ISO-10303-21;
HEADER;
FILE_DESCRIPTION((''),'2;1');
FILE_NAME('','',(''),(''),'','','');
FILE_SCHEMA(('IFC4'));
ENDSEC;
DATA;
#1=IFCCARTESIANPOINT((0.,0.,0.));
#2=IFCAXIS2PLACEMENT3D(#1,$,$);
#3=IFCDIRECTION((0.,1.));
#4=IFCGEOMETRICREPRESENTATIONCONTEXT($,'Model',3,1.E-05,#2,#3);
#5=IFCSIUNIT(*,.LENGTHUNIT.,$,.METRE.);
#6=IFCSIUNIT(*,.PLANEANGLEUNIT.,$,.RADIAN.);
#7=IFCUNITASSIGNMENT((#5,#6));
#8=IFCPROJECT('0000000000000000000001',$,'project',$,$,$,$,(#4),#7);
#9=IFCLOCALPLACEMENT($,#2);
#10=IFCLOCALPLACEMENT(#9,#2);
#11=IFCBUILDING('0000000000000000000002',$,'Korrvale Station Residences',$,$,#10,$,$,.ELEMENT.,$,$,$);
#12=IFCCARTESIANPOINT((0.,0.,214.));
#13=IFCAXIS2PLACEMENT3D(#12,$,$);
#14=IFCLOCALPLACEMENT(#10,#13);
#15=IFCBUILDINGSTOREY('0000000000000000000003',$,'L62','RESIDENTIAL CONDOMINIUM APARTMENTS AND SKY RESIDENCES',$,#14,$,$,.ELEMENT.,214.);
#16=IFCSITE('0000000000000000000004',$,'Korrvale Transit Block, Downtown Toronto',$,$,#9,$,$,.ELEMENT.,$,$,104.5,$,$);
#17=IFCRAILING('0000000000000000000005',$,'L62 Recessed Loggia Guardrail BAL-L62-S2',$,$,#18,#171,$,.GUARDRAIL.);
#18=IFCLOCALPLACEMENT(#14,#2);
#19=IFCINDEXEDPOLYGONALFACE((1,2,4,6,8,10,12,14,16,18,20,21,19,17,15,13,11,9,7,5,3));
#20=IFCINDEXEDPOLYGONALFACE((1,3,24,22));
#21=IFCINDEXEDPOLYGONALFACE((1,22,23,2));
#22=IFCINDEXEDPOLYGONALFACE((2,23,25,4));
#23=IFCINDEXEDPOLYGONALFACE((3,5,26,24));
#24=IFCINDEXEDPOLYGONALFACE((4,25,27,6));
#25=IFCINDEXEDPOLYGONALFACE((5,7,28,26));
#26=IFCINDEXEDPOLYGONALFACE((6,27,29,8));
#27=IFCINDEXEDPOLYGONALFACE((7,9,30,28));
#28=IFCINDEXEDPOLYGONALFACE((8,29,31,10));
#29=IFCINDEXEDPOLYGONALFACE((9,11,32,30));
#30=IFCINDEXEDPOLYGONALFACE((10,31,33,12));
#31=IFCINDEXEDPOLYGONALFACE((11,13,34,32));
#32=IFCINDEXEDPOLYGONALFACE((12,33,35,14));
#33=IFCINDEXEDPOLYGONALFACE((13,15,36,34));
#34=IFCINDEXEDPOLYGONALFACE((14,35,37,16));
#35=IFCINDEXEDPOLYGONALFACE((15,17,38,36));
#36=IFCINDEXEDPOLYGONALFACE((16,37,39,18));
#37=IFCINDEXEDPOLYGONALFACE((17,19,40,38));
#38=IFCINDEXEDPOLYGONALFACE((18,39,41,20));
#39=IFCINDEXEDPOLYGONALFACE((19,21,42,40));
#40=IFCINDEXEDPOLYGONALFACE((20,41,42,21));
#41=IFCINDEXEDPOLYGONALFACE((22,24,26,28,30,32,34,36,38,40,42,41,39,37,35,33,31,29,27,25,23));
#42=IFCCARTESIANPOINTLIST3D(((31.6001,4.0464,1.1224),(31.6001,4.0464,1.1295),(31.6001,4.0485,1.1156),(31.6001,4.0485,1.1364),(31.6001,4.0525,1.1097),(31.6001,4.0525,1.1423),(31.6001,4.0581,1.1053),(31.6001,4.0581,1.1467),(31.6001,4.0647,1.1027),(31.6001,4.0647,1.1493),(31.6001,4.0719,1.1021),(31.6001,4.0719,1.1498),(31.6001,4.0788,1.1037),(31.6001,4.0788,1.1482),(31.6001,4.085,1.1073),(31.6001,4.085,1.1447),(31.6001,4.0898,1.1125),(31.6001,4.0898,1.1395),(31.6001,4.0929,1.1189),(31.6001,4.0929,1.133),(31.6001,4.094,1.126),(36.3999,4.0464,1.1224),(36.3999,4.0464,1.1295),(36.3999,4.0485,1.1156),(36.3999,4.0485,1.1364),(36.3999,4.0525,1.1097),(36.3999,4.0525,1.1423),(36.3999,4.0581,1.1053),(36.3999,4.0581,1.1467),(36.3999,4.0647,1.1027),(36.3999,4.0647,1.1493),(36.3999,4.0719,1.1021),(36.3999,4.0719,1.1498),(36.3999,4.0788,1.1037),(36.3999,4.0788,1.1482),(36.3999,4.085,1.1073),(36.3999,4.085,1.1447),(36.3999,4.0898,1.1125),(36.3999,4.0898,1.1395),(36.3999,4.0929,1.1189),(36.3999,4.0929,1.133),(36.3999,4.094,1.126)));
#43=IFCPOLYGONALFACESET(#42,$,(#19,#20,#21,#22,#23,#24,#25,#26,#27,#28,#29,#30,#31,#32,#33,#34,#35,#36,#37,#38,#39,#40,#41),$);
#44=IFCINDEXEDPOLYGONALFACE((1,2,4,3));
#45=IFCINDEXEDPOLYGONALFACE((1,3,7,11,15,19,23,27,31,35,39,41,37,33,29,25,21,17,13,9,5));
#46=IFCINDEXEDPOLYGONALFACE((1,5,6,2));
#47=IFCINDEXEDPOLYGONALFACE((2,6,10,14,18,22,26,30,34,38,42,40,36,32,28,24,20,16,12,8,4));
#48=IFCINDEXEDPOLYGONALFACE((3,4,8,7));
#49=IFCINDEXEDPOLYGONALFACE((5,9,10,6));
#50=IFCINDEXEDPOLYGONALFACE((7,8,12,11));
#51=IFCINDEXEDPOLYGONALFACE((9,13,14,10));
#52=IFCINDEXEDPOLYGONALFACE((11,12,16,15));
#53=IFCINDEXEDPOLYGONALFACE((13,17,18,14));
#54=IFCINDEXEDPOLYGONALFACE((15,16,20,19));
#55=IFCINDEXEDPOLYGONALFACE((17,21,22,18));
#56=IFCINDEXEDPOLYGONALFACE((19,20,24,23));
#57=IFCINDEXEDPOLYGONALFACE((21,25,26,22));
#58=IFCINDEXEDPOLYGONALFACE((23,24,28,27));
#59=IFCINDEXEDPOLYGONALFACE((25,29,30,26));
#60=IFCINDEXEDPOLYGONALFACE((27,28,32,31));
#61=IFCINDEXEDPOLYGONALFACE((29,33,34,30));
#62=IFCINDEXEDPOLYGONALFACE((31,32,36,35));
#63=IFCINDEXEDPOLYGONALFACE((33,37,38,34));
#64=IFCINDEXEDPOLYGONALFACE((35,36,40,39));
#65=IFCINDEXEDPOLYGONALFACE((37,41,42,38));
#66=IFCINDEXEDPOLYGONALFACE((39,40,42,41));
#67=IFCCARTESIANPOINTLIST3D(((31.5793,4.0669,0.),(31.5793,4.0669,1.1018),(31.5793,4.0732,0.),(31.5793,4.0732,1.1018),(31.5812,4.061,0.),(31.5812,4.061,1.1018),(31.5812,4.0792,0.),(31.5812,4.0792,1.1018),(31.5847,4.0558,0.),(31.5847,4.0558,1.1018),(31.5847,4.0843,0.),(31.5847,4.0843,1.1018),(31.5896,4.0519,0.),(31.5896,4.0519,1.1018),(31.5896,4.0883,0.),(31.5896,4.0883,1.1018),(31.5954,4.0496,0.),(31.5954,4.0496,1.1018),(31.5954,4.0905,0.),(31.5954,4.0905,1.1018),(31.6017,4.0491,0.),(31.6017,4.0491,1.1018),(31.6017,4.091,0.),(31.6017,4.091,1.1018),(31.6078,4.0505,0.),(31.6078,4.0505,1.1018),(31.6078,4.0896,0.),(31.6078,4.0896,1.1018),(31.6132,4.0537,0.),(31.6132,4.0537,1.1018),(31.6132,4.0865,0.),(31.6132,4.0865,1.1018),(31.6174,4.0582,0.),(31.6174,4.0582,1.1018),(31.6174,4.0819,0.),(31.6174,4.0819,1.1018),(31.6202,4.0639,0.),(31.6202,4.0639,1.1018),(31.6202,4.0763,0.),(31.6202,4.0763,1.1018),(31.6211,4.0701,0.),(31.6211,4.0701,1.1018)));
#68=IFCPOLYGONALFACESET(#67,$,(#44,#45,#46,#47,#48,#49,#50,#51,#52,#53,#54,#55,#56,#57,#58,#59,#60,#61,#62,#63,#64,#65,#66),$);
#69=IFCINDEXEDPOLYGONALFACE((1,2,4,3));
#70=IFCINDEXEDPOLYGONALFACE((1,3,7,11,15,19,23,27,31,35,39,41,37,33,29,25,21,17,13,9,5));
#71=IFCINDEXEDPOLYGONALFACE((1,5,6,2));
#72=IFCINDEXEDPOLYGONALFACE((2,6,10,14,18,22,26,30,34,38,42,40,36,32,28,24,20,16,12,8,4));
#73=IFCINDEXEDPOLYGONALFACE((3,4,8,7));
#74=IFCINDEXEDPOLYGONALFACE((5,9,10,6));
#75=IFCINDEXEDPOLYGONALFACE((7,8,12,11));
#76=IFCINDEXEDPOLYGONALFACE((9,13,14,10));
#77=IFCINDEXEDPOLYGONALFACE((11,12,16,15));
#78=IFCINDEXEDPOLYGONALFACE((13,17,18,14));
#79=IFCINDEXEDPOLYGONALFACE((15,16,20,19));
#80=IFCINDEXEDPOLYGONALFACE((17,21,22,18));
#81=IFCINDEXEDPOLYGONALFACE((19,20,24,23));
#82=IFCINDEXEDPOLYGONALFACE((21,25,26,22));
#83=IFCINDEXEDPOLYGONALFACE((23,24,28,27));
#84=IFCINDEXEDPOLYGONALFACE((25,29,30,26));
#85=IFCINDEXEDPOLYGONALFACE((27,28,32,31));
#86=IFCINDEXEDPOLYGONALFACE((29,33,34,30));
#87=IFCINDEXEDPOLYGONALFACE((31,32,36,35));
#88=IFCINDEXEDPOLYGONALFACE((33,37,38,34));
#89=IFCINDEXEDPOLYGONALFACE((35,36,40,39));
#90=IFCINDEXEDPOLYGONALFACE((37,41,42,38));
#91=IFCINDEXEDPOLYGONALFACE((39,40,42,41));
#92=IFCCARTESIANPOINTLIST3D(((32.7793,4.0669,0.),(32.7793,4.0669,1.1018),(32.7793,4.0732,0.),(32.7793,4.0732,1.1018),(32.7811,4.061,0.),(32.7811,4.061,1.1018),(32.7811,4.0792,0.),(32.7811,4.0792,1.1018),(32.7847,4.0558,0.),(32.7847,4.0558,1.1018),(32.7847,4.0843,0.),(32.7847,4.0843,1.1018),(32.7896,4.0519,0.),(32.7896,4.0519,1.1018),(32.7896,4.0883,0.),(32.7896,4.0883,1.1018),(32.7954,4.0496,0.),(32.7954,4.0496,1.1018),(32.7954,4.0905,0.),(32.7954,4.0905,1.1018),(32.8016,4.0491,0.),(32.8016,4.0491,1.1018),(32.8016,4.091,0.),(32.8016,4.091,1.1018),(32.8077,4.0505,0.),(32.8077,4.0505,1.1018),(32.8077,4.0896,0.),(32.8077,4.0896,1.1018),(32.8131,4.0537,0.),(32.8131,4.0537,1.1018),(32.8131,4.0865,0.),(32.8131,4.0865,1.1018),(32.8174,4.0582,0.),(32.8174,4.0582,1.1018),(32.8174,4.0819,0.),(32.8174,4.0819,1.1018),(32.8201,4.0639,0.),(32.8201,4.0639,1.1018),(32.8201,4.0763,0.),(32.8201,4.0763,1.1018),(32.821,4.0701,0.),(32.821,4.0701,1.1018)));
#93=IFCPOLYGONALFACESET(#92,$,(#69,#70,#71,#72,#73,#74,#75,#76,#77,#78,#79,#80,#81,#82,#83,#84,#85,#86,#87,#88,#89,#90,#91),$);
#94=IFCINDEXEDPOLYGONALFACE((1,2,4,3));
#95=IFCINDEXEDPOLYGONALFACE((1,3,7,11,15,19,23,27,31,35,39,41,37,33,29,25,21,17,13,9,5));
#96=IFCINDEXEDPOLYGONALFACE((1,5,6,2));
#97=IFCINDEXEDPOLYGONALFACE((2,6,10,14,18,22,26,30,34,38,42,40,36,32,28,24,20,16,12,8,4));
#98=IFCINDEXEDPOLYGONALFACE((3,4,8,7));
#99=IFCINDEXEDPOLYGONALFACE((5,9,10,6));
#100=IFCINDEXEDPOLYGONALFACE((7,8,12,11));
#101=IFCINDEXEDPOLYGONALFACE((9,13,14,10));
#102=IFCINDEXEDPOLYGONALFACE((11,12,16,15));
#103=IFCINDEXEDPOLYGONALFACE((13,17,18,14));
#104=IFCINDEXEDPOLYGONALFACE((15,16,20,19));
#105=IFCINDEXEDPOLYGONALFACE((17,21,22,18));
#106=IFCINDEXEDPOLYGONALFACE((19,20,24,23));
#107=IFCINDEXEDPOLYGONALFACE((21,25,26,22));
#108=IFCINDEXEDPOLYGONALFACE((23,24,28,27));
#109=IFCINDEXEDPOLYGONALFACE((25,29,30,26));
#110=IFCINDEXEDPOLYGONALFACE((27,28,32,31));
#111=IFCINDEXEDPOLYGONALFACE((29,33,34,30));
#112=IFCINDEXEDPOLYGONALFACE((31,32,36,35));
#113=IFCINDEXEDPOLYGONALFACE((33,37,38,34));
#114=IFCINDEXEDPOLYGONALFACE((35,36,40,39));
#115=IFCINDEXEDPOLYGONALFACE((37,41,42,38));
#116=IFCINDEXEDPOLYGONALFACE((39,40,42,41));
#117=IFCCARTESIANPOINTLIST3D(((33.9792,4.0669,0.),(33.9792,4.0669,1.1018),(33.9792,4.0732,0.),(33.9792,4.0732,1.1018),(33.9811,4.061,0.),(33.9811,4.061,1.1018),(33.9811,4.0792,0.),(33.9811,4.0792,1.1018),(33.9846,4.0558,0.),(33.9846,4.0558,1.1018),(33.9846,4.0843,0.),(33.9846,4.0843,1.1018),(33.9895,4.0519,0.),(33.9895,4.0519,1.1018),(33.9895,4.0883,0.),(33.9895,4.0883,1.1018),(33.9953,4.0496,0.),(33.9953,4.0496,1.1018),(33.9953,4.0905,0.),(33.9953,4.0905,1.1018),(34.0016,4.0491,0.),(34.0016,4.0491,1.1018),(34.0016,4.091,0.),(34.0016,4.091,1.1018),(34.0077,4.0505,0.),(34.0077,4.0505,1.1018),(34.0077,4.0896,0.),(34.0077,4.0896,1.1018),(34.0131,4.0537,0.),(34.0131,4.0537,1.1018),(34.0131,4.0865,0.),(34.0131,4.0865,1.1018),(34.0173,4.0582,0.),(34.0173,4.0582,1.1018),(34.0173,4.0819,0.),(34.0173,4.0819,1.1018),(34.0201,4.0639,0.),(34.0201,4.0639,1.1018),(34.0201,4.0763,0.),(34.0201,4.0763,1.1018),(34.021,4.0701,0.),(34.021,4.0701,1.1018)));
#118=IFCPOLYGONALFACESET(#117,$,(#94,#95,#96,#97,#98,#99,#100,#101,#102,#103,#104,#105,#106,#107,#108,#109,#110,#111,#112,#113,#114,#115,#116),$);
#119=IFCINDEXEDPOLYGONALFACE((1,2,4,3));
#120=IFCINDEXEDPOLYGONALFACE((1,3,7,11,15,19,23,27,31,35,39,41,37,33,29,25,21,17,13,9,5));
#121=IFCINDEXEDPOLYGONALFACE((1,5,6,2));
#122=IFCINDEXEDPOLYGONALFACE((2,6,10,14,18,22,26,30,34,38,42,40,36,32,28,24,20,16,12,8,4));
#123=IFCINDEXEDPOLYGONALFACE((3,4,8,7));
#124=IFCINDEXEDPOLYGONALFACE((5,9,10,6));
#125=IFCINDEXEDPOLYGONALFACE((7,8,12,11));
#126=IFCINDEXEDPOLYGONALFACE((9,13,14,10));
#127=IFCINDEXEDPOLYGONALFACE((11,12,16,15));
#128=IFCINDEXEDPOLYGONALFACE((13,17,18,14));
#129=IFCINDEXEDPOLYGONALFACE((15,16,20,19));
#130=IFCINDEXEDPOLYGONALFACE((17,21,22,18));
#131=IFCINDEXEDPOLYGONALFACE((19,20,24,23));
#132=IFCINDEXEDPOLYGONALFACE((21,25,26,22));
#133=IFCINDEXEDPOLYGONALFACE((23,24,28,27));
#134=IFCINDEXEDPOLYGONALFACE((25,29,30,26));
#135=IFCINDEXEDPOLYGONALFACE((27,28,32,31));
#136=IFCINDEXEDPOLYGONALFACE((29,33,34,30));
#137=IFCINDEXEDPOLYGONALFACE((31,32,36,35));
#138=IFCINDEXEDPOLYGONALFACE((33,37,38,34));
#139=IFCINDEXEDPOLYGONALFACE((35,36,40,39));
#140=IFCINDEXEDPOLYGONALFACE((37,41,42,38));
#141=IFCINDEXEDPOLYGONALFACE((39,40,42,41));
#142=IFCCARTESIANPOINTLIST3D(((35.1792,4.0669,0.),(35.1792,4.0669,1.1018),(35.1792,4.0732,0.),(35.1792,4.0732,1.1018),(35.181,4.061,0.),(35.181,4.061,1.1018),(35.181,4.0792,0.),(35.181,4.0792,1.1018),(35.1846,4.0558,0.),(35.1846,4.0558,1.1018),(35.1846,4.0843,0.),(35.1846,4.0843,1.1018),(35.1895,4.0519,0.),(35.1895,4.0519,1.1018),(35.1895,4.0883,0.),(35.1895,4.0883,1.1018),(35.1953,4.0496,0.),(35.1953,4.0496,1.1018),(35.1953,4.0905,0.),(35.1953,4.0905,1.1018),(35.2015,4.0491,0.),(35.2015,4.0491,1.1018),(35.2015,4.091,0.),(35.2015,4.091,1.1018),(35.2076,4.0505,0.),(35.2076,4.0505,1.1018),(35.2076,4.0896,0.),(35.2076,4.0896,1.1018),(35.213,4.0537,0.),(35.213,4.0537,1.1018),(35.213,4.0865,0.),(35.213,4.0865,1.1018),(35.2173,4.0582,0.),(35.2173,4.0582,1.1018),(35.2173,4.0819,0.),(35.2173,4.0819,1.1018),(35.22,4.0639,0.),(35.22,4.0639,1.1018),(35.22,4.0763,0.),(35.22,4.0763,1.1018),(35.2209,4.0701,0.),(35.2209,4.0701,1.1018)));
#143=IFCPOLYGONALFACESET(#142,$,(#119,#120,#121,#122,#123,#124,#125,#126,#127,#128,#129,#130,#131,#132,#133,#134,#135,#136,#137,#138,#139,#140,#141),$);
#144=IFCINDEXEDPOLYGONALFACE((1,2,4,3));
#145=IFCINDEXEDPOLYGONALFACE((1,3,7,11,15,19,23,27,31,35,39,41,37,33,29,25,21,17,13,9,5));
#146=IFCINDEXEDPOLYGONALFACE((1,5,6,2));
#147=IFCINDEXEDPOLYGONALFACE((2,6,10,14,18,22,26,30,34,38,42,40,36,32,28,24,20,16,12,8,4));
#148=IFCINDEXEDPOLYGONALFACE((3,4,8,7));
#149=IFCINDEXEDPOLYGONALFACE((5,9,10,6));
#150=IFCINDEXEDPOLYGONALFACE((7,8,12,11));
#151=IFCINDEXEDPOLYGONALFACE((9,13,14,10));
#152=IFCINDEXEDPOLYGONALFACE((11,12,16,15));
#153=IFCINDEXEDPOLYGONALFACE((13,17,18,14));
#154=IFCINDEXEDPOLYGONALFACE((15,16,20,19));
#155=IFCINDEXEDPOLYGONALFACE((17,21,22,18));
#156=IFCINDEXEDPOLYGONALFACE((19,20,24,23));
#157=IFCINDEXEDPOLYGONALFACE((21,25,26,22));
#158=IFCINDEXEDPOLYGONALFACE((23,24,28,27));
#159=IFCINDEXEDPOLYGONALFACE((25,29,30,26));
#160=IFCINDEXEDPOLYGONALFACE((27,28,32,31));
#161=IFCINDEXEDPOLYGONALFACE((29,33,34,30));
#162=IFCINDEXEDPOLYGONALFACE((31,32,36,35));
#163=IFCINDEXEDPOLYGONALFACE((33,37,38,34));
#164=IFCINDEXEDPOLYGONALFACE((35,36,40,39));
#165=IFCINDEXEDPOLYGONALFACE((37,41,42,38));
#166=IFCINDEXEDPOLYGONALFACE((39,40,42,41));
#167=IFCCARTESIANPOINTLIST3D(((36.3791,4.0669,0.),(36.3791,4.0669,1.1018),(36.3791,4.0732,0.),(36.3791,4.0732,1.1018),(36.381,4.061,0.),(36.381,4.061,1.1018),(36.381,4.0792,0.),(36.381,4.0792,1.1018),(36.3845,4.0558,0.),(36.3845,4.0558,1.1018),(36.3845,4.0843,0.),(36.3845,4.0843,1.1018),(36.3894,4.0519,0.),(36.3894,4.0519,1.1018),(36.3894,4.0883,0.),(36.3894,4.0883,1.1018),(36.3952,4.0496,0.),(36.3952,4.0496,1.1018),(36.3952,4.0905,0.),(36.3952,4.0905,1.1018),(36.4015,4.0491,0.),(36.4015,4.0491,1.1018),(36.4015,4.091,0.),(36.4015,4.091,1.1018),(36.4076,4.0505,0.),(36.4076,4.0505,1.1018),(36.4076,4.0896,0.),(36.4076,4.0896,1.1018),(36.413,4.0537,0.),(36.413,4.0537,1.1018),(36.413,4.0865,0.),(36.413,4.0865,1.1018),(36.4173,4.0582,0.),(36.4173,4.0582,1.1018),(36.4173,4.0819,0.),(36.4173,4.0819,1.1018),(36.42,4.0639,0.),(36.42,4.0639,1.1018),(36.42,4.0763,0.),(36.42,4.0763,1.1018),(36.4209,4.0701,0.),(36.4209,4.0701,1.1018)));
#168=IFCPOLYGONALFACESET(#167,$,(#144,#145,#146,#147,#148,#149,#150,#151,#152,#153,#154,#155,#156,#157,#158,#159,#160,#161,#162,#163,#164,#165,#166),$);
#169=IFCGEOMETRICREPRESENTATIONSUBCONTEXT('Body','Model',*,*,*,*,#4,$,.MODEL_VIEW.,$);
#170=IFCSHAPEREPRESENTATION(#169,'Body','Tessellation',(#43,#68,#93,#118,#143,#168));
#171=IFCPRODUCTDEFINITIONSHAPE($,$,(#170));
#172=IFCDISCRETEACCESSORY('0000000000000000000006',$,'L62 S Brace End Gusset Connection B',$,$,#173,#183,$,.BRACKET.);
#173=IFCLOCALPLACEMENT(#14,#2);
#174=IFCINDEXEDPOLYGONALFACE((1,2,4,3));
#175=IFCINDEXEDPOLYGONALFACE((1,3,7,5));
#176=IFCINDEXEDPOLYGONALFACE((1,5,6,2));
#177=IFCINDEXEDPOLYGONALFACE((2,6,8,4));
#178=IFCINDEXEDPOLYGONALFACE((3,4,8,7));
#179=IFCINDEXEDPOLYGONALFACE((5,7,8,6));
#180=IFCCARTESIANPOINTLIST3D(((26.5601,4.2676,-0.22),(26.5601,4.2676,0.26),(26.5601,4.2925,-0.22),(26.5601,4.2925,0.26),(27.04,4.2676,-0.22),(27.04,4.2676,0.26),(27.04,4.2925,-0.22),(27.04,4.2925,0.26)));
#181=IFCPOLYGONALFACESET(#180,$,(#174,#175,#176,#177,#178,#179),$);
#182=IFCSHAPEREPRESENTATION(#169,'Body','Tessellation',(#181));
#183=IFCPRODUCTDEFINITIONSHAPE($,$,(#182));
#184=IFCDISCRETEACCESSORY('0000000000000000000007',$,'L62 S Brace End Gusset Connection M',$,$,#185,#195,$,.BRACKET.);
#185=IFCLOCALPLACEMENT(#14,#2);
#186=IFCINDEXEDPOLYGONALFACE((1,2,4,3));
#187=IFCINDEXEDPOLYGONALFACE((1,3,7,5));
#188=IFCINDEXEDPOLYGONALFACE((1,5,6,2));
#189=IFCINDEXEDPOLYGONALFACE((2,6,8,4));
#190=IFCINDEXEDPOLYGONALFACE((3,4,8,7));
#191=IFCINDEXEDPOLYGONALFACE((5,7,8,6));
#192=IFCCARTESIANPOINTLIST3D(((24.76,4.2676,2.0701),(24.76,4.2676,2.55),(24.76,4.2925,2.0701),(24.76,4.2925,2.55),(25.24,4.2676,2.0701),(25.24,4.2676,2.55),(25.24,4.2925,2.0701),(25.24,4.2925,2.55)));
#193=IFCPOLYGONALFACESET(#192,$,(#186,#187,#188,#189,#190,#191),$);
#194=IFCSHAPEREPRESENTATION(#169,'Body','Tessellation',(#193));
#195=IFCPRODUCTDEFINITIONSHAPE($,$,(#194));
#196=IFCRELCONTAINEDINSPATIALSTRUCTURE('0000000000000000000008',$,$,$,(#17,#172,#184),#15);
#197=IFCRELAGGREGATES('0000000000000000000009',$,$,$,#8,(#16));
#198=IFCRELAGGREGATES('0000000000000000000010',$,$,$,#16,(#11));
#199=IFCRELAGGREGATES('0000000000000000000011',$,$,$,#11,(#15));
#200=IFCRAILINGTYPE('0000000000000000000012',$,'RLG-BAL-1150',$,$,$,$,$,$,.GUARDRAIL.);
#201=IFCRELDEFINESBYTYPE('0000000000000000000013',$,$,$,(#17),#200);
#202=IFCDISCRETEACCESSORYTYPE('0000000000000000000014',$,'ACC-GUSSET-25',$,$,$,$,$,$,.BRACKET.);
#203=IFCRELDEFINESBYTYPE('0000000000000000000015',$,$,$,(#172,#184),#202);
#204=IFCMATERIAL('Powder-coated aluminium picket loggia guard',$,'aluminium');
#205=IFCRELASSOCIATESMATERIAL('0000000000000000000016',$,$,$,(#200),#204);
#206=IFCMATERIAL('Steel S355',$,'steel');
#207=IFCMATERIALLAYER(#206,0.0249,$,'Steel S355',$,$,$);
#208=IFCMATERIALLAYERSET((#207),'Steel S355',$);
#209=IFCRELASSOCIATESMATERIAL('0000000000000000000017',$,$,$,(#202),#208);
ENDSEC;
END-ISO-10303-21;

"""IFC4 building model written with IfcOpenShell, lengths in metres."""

from ifc_helpers import new_model, si_unit, direction, frame, origin, origin_2d, place, context, subcontext, project, spatial, rectangle, circle, extrude, material, layer, layer_set, type_object, element, save


model = new_model("IFC4")

# Units and contexts
model_context = context("Model", 3, precision=1e-05, world=origin(), true_north=direction((0.0, 1.0)))
body_context = subcontext(model_context, "Body", "Model", "MODEL_VIEW")
ifc_project = project(units=[si_unit("LENGTHUNIT", "METRE"), si_unit("PLANEANGLEUNIT", "RADIAN")], contexts=[model_context])

# Site, building, storey
site_placement = place(None, origin())
site = spatial("IfcSite", under=ifc_project, at=site_placement, Name="Korrvale Transit Block, Downtown Toronto", CompositionType="ELEMENT", RefElevation=104.5)
building_placement = place(site_placement, origin())
building = spatial("IfcBuilding", under=site, at=building_placement, Name="Korrvale Station Residences", CompositionType="ELEMENT")
storey_placement = place(building_placement, frame((0.0, 0.0, 214.0)))
storey = spatial("IfcBuildingStorey", under=building, at=storey_placement, Name="L62", Description="RESIDENTIAL CONDOMINIUM APARTMENTS AND SKY RESIDENCES", CompositionType="ELEMENT", Elevation=214.0)

# Shared definitions
ifc_material_1 = material(Name="Steel S355", Category="steel")

# Railing
ifc_material_2 = material(Name="Powder-coated aluminium picket loggia guard", Category="aluminium")
railing_type = type_object("IfcRailingType", Name="RLG-BAL-1150", PredefinedType="GUARDRAIL", material=ifc_material_2)
railing_placement = place(storey_placement, frame((31.6001, 4.0701, 0.0)))
element("IfcRailing", 1, at=railing_placement, inside=storey, type_object=railing_type, Name="L62 Recessed Loggia Guardrail BAL-L62-S2", PredefinedType="GUARDRAIL", context=body_context, shape_type="SweptSolid", body=[
    extrude(circle(Radius=0.0239, at=origin_2d()), frame((0.0, 0.0, 1.126), z_axis=(1.0, 0.0, 0.0), x_axis=(0.0, 1.0, 0.0)), (0.0, 0.0, 1.0), 4.7998),
    extrude(circle(Radius=0.021, at=origin_2d()), origin(), (0.0, 0.0, 1.0), 1.1018),
    extrude(circle(Radius=0.021, at=origin_2d()), frame((1.2, 0.0, 0.0)), (0.0, 0.0, 1.0), 1.1018),
    extrude(circle(Radius=0.021, at=origin_2d()), frame((2.3999, 0.0, 0.0)), (0.0, 0.0, 1.0), 1.1018),
    extrude(circle(Radius=0.021, at=origin_2d()), frame((3.5999, 0.0, 0.0)), (0.0, 0.0, 1.0), 1.1018),
    extrude(circle(Radius=0.021, at=origin_2d()), frame((4.7998, 0.0, 0.0)), (0.0, 0.0, 1.0), 1.1018),
])

# Discrete accessories
ifc_layer_1 = layer(ifc_material_1, 0.0249, Name="Steel S355")
ifc_layer_set_1 = layer_set([ifc_layer_1], Name="Steel S355")
discrete_accessory_type = type_object("IfcDiscreteAccessoryType", Name="ACC-GUSSET-25", PredefinedType="BRACKET", material=ifc_layer_set_1)
for number, where, z_axis, x_axis, name in (
    (2, (26.8, 4.28, -0.22), (0.0, 0.0, 1.0), (1.0, 0.0, 0.0), "L62 S Brace End Gusset Connection B"),
    (3, (25.0, 4.28, 2.0701), (0.0, 0.0, 1.0), (1.0, 0.0, 0.0), "L62 S Brace End Gusset Connection M"),
):
    element("IfcDiscreteAccessory", number, at=place(storey_placement, frame(where, z_axis=z_axis, x_axis=x_axis)), inside=storey, type_object=discrete_accessory_type, Name=name, PredefinedType="BRACKET", context=body_context, shape_type="SweptSolid", body=[
        extrude(rectangle(XDim=0.48, YDim=0.0249, at=origin_2d()), origin(), (0.0, 0.0, 1.0), 0.48),
    ])

save(model, "model.ifc")
